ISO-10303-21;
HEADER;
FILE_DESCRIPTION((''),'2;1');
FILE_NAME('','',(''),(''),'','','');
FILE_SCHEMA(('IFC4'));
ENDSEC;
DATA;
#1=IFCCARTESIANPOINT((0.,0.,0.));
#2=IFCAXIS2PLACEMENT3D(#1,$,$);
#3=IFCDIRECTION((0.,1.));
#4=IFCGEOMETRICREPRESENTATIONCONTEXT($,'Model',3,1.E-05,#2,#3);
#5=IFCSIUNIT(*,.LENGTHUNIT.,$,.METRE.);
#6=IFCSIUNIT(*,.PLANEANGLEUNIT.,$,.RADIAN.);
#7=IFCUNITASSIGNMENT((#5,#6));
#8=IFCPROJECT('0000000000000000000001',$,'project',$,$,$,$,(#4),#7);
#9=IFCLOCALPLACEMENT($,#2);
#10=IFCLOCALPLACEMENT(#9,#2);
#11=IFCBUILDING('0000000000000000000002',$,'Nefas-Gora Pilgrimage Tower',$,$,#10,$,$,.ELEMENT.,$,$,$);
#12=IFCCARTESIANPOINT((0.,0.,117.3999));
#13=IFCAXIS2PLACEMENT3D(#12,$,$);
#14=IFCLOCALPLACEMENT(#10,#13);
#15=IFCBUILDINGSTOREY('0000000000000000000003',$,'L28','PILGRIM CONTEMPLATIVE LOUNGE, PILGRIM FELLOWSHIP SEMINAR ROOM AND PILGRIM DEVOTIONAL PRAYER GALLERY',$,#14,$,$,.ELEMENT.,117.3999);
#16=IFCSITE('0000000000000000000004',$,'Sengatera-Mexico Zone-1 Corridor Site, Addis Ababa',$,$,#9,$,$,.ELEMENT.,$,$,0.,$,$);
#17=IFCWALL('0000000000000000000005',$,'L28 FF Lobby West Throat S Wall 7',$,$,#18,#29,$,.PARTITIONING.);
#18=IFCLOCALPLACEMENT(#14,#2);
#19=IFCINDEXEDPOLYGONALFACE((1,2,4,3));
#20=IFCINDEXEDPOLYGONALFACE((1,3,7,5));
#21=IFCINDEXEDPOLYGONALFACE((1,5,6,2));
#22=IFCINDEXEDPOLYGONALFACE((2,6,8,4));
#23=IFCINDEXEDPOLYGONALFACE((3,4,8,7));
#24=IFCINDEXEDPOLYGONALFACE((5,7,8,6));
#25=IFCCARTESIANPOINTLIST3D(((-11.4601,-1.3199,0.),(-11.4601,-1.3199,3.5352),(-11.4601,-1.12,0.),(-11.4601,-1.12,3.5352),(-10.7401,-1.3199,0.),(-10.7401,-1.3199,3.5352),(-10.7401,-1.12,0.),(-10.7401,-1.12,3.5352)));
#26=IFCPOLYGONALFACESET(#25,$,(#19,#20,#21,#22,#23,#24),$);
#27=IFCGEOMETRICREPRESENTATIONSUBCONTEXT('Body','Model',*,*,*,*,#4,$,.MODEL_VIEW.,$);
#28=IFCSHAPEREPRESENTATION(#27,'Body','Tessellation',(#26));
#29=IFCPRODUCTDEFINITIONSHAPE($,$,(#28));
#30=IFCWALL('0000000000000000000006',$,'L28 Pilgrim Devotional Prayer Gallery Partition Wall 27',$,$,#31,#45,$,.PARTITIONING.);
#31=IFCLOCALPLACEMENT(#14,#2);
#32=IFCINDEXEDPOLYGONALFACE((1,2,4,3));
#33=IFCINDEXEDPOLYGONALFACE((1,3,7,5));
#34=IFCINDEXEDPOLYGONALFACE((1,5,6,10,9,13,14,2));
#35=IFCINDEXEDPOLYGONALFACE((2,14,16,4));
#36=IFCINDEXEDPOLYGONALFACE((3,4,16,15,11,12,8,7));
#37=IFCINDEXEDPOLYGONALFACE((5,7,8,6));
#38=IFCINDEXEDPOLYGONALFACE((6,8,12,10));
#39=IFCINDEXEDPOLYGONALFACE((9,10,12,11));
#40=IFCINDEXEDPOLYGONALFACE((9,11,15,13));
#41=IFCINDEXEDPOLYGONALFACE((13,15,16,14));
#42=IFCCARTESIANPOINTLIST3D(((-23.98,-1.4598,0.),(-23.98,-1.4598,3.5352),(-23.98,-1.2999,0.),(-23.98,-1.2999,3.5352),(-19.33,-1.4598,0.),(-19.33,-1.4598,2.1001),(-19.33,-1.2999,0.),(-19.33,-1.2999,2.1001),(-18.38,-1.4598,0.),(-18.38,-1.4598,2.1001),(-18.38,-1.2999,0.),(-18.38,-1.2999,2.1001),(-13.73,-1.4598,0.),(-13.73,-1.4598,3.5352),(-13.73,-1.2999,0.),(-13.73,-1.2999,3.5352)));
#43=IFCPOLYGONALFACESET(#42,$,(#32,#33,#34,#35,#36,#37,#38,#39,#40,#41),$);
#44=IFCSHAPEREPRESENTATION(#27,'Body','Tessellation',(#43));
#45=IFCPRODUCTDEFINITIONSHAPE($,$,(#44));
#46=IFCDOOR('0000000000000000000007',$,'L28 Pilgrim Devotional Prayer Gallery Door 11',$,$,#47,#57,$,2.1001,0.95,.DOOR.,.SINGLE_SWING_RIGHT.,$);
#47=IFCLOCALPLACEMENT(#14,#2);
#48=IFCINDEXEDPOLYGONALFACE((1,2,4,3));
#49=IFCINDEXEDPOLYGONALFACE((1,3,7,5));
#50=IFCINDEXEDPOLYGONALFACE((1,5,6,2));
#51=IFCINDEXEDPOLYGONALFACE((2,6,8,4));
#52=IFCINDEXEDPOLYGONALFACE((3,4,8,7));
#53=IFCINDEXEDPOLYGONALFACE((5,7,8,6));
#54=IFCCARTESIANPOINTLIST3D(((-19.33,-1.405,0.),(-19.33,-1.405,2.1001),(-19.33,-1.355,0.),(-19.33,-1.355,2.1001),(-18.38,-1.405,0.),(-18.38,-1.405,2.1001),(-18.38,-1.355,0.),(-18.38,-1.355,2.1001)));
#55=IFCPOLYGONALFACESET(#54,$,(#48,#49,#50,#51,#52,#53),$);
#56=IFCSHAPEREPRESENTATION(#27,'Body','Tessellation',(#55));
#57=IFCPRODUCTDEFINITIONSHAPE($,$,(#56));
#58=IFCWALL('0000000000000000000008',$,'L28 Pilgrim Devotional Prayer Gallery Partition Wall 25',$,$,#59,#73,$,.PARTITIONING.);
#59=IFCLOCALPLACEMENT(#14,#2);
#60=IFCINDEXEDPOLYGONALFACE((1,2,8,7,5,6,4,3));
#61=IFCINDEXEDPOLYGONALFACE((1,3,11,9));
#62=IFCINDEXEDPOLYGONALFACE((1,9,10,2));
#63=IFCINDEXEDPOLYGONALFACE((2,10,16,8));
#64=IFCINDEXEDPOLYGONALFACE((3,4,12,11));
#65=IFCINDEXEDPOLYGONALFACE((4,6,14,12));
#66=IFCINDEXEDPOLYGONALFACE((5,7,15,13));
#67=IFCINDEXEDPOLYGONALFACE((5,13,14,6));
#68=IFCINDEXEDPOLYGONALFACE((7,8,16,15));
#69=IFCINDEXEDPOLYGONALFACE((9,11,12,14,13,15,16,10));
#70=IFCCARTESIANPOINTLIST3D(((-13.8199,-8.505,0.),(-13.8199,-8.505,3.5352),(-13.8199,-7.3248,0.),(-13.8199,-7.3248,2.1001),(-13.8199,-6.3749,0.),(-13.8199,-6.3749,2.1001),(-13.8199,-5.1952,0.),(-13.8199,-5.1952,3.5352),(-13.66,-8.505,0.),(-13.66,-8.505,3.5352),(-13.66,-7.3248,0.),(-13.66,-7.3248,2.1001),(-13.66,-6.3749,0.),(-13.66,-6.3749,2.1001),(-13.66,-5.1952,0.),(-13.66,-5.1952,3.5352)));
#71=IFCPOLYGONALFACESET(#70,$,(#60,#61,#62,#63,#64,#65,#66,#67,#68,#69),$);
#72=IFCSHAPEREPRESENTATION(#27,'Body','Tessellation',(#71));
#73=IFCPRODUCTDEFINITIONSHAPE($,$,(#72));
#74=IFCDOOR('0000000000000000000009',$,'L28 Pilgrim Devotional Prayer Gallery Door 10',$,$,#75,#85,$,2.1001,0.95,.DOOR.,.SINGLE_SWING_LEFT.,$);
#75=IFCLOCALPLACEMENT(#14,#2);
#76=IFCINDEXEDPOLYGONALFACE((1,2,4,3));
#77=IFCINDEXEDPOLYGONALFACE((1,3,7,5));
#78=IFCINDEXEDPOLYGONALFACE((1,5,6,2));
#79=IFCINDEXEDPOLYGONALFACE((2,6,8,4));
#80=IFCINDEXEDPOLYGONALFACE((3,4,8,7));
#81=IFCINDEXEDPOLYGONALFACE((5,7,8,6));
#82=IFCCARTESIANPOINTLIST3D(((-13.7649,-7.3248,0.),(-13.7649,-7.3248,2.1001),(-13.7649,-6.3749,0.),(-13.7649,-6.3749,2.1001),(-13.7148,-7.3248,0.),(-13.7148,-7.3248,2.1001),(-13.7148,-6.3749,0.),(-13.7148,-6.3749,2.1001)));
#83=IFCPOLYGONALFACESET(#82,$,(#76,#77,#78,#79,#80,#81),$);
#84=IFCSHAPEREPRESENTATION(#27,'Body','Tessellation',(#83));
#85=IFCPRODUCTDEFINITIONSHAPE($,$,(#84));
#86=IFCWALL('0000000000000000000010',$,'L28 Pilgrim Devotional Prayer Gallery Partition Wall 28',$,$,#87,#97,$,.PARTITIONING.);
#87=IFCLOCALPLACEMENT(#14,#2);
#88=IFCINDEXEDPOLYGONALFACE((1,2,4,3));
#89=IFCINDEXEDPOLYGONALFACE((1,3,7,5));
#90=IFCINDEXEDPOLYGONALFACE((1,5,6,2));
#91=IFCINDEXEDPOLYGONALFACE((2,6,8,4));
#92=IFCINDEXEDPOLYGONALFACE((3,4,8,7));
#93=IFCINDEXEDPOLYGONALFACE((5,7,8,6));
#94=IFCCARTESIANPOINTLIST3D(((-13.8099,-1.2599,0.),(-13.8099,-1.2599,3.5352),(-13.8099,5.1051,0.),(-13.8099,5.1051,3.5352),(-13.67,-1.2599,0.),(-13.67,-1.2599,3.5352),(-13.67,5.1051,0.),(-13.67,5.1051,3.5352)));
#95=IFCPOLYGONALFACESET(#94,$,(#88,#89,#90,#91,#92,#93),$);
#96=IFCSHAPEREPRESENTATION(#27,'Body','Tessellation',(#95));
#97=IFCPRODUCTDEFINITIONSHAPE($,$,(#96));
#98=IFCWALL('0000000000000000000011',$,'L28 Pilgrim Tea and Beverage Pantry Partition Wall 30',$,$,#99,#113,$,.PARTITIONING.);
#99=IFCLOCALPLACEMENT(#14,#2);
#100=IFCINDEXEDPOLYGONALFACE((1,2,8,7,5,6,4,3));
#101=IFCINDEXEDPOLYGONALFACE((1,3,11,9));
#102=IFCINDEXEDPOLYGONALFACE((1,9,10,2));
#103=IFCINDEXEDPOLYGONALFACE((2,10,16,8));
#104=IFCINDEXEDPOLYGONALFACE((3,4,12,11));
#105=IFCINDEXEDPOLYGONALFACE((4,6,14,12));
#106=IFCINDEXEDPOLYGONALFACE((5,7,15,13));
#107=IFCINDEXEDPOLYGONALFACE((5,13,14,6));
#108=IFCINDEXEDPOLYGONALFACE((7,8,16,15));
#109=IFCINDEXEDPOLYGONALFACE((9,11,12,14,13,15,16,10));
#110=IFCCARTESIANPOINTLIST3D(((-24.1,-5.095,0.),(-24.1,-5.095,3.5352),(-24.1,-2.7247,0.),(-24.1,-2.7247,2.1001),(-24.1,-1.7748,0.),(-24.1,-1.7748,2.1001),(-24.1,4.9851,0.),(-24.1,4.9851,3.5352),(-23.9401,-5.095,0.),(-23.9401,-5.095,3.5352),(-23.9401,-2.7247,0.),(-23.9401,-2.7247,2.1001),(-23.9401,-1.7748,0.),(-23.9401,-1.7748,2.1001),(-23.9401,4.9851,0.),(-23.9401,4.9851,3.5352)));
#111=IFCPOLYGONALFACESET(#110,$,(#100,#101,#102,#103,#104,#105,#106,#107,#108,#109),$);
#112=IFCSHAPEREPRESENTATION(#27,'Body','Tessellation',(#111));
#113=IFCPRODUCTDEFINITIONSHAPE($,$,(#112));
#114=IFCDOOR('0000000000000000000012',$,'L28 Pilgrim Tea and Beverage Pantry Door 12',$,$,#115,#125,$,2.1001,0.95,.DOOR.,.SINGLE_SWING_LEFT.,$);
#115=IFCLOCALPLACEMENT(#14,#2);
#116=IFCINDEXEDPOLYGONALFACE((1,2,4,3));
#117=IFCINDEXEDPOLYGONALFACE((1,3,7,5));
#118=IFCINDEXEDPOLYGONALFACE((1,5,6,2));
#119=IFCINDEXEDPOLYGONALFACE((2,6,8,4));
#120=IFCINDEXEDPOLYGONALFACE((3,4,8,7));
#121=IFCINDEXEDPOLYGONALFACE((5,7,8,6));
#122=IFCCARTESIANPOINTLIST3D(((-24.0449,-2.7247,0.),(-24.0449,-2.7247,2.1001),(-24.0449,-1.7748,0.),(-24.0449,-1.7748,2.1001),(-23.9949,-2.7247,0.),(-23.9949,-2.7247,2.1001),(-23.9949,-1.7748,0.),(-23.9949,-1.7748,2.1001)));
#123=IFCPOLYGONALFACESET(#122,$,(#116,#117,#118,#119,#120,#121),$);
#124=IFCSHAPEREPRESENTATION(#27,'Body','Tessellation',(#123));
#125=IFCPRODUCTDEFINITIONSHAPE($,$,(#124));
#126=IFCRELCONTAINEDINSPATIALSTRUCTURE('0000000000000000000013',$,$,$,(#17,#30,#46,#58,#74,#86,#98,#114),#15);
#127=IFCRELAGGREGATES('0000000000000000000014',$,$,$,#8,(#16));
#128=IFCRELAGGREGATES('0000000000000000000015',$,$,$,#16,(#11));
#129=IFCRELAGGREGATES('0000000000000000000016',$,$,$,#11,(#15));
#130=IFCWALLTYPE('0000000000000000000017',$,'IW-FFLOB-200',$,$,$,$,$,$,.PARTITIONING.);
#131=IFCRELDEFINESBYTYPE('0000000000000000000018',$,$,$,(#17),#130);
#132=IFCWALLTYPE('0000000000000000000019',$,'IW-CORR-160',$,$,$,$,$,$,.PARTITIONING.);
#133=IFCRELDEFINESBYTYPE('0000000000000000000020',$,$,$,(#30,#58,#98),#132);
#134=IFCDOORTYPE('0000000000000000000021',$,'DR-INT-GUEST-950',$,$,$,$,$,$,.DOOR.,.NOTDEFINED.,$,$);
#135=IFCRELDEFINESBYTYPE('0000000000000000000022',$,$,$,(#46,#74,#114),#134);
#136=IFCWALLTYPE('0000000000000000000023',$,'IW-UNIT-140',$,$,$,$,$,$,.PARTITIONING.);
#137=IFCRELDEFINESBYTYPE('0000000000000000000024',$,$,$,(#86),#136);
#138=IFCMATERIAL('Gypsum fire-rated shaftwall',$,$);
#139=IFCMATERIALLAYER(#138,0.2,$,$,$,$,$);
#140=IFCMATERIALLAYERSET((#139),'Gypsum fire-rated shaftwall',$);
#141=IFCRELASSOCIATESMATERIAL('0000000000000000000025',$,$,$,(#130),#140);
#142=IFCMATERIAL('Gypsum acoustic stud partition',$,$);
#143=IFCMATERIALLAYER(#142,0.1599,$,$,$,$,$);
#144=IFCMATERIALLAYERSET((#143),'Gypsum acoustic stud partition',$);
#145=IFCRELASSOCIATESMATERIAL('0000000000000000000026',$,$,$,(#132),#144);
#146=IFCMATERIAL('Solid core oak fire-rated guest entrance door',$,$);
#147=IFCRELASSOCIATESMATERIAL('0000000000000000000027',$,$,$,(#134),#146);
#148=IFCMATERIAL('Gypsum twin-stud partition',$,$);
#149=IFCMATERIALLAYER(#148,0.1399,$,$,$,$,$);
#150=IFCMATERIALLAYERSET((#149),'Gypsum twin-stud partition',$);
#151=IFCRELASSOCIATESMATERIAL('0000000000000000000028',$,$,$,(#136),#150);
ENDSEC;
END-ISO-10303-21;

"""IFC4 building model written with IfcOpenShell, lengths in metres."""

from ifc_helpers import new_model, si_unit, direction, frame, frame_2d, origin, place, context, subcontext, project, spatial, rectangle, extrude, source, transform, mapped, material, layer, layer_set, type_object, element, fill, save


model = new_model("IFC4")

# Units and contexts
model_context = context("Model", 3, precision=1e-05, world=origin(), true_north=direction((0.0, 1.0)))
body_context = subcontext(model_context, "Body", "Model", "MODEL_VIEW")
ifc_project = project(units=[si_unit("LENGTHUNIT", "METRE"), si_unit("PLANEANGLEUNIT", "RADIAN")], contexts=[model_context])

# Site, building, storey
site_placement = place(None, origin())
site = spatial("IfcSite", under=ifc_project, at=site_placement, Name="Sengatera-Mexico Zone-1 Corridor Site, Addis Ababa", CompositionType="ELEMENT", RefElevation=0.0)
building_placement = place(site_placement, origin())
building = spatial("IfcBuilding", under=site, at=building_placement, Name="Nefas-Gora Pilgrimage Tower", CompositionType="ELEMENT")
storey_placement = place(building_placement, frame((0.0, 0.0, 117.3999)))
storey = spatial("IfcBuildingStorey", under=building, at=storey_placement, Name="L28", Description="PILGRIM CONTEMPLATIVE LOUNGE, PILGRIM FELLOWSHIP SEMINAR ROOM AND PILGRIM DEVOTIONAL PRAYER GALLERY", CompositionType="ELEMENT", Elevation=117.3999)

# Shared definitions
ifc_material_1 = material(Name="Gypsum fire-rated shaftwall")
ifc_layer_1 = layer(ifc_material_1, 0.2)
ifc_layer_set_1 = layer_set([ifc_layer_1], Name="Gypsum fire-rated shaftwall")
wall_type_1 = type_object("IfcWallType", Name="IW-FFLOB-200", PredefinedType="PARTITIONING", material=ifc_layer_set_1)

# Wall
shared_shape_1 = source(origin(), body_context, "Body", "SweptSolid", [
    extrude(rectangle(XDim=0.72, YDim=0.2, at=frame_2d((0.3599, 0.0))), origin(), (0.0, 0.0, 1.0), 3.5352),
])
wall_1_placement = place(storey_placement, frame((-11.46, -1.22, 0.0), z_axis=(0.0, 0.0, 1.0), x_axis=(1.0, 0.0, 0.0)))
element("IfcWall", 1, at=wall_1_placement, inside=storey, type_object=wall_type_1, Name="L28 FF Lobby West Throat S Wall 7", PredefinedType="PARTITIONING", context=body_context, shape_type="MappedRepresentation", body=[
    mapped(shared_shape_1, transform((0.0, 0.0, 0.0), x_axis=(1.0, 0.0, 0.0), y_axis=(0.0, 1.0, 0.0), z_axis=(0.0, 0.0, 1.0), scale=1.0)),
])

# Walls, openings, doors
ifc_material_2 = material(Name="Gypsum acoustic stud partition")
ifc_layer_2 = layer(ifc_material_2, 0.1599)
ifc_layer_set_2 = layer_set([ifc_layer_2], Name="Gypsum acoustic stud partition")
wall_type_2 = type_object("IfcWallType", Name="IW-CORR-160", PredefinedType="PARTITIONING", material=ifc_layer_set_2)
shared_shape_2 = source(origin(), body_context, "Body", "SweptSolid", [
    extrude(rectangle(XDim=10.25, YDim=0.1599, at=frame_2d((5.125, 0.0))), origin(), (0.0, 0.0, 1.0), 3.5352),
])
wall_2_placement = place(storey_placement, frame((-23.98, -1.3799, 0.0), z_axis=(0.0, 0.0, 1.0), x_axis=(1.0, 0.0, 0.0)))
wall_2 = element("IfcWall", 2, at=wall_2_placement, inside=storey, type_object=wall_type_2, Name="L28 Pilgrim Devotional Prayer Gallery Partition Wall 27", PredefinedType="PARTITIONING", context=body_context, shape_type="MappedRepresentation", body=[
    mapped(shared_shape_2, transform((0.0, 0.0, 0.0), x_axis=(1.0, 0.0, 0.0), y_axis=(0.0, 1.0, 0.0), z_axis=(0.0, 0.0, 1.0), scale=1.0)),
])
opening_1_placement = place(wall_2_placement, frame((4.6499, 0.0, 0.0)))
opening_1 = element("IfcOpeningElement", 3, at=opening_1_placement, cuts=wall_2, PredefinedType="OPENING", context=body_context, shape_type="SweptSolid", body=[
    extrude(rectangle(XDim=0.95, YDim=2.1001, at=frame_2d((0.4751, 1.05))), frame((0.0, 0.0898, 0.0), z_axis=(0.0, -1.0, 0.0), x_axis=(1.0, 0.0, 0.0)), (0.0, 0.0, 1.0), 0.1799),
])
ifc_material_3 = material(Name="Solid core oak fire-rated guest entrance door")
door_type_1 = type_object("IfcDoorType", Name="DR-INT-GUEST-950", OperationType="NOTDEFINED", PredefinedType="DOOR", material=ifc_material_3)
shared_shape_3 = source(origin(), body_context, "Body", "SweptSolid", [
    extrude(rectangle(XDim=0.95, YDim=2.1001, at=frame_2d((0.4751, 1.05))), frame((0.0, 0.0249, 0.0), z_axis=(0.0, -1.0, 0.0), x_axis=(1.0, 0.0, 0.0)), (0.0, 0.0, 1.0), 0.05),
])
door_1_placement = place(opening_1_placement, origin())
door_1 = element("IfcDoor", 4, at=door_1_placement, inside=storey, type_object=door_type_1, Name="L28 Pilgrim Devotional Prayer Gallery Door 11", OperationType="SINGLE_SWING_RIGHT", OverallHeight=2.1001, OverallWidth=0.95, PredefinedType="DOOR", context=body_context, shape_type="MappedRepresentation", body=[
    mapped(shared_shape_3, transform((0.0, 0.0, 0.0), x_axis=(1.0, 0.0, 0.0), y_axis=(0.0, 1.0, 0.0), z_axis=(0.0, 0.0, 1.0), scale=1.0)),
])
fill(opening_1, door_1)
shared_shape_4 = source(origin(), body_context, "Body", "SweptSolid", [
    extrude(rectangle(XDim=3.3098, YDim=0.1599, at=frame_2d((1.6548, 0.0))), origin(), (0.0, 0.0, 1.0), 3.5352),
])
wall_3_placement = place(storey_placement, frame((-13.74, -8.5049, 0.0), z_axis=(0.0, 0.0, 1.0), x_axis=(0.0, 1.0, 0.0)))
wall_3 = element("IfcWall", 5, at=wall_3_placement, inside=storey, type_object=wall_type_2, Name="L28 Pilgrim Devotional Prayer Gallery Partition Wall 25", PredefinedType="PARTITIONING", context=body_context, shape_type="MappedRepresentation", body=[
    mapped(shared_shape_4, transform((0.0, 0.0, 0.0), x_axis=(1.0, 0.0, 0.0), y_axis=(0.0, 1.0, 0.0), z_axis=(0.0, 0.0, 1.0), scale=1.0)),
])
opening_2_placement = place(wall_3_placement, frame((1.1799, 0.0, 0.0)))
opening_2 = element("IfcOpeningElement", 6, at=opening_2_placement, cuts=wall_3, PredefinedType="OPENING", context=body_context, shape_type="SweptSolid", body=[
    extrude(rectangle(XDim=0.95, YDim=2.1001, at=frame_2d((0.4751, 1.05))), frame((0.0, 0.0898, 0.0), z_axis=(0.0, -1.0, 0.0), x_axis=(1.0, 0.0, 0.0)), (0.0, 0.0, 1.0), 0.1799),
])
door_2_placement = place(opening_2_placement, origin())
door_2 = element("IfcDoor", 7, at=door_2_placement, inside=storey, type_object=door_type_1, Name="L28 Pilgrim Devotional Prayer Gallery Door 10", OperationType="SINGLE_SWING_LEFT", OverallHeight=2.1001, OverallWidth=0.95, PredefinedType="DOOR", context=body_context, shape_type="MappedRepresentation", body=[
    mapped(shared_shape_3, transform((0.0, 0.0, 0.0), x_axis=(1.0, 0.0, 0.0), y_axis=(0.0, 1.0, 0.0), z_axis=(0.0, 0.0, 1.0), scale=1.0)),
])
fill(opening_2, door_2)

# Wall
ifc_material_4 = material(Name="Gypsum twin-stud partition")
ifc_layer_3 = layer(ifc_material_4, 0.1399)
ifc_layer_set_3 = layer_set([ifc_layer_3], Name="Gypsum twin-stud partition")
wall_type_3 = type_object("IfcWallType", Name="IW-UNIT-140", PredefinedType="PARTITIONING", material=ifc_layer_set_3)
shared_shape_5 = source(origin(), body_context, "Body", "SweptSolid", [
    extrude(rectangle(XDim=6.365, YDim=0.1399, at=frame_2d((3.1826, 0.0))), origin(), (0.0, 0.0, 1.0), 3.5352),
])
wall_4_placement = place(storey_placement, frame((-13.74, -1.26, 0.0), z_axis=(0.0, 0.0, 1.0), x_axis=(0.0, 1.0, 0.0)))
element("IfcWall", 8, at=wall_4_placement, inside=storey, type_object=wall_type_3, Name="L28 Pilgrim Devotional Prayer Gallery Partition Wall 28", PredefinedType="PARTITIONING", context=body_context, shape_type="MappedRepresentation", body=[
    mapped(shared_shape_5, transform((0.0, 0.0, 0.0), x_axis=(1.0, 0.0, 0.0), y_axis=(0.0, 1.0, 0.0), z_axis=(0.0, 0.0, 1.0), scale=1.0)),
])

# Wall, opening, door
shared_shape_6 = source(origin(), body_context, "Body", "SweptSolid", [
    extrude(rectangle(XDim=10.0801, YDim=0.1599, at=frame_2d((5.04, 0.0))), origin(), (0.0, 0.0, 1.0), 3.5352),
])
wall_5_placement = place(storey_placement, frame((-24.02, -5.095, 0.0), z_axis=(0.0, 0.0, 1.0), x_axis=(0.0, 1.0, 0.0)))
wall_5 = element("IfcWall", 9, at=wall_5_placement, inside=storey, type_object=wall_type_2, Name="L28 Pilgrim Tea and Beverage Pantry Partition Wall 30", PredefinedType="PARTITIONING", context=body_context, shape_type="MappedRepresentation", body=[
    mapped(shared_shape_6, transform((0.0, 0.0, 0.0), x_axis=(1.0, 0.0, 0.0), y_axis=(0.0, 1.0, 0.0), z_axis=(0.0, 0.0, 1.0), scale=1.0)),
])
opening_3_placement = place(wall_5_placement, frame((2.3701, 0.0, 0.0)))
opening_3 = element("IfcOpeningElement", 10, at=opening_3_placement, cuts=wall_5, PredefinedType="OPENING", context=body_context, shape_type="SweptSolid", body=[
    extrude(rectangle(XDim=0.95, YDim=2.1001, at=frame_2d((0.4751, 1.05))), frame((0.0, 0.0898, 0.0), z_axis=(0.0, -1.0, 0.0), x_axis=(1.0, 0.0, 0.0)), (0.0, 0.0, 1.0), 0.1799),
])
door_3_placement = place(opening_3_placement, origin())
door_3 = element("IfcDoor", 11, at=door_3_placement, inside=storey, type_object=door_type_1, Name="L28 Pilgrim Tea and Beverage Pantry Door 12", OperationType="SINGLE_SWING_LEFT", OverallHeight=2.1001, OverallWidth=0.95, PredefinedType="DOOR", context=body_context, shape_type="MappedRepresentation", body=[
    mapped(shared_shape_3, transform((0.0, 0.0, 0.0), x_axis=(1.0, 0.0, 0.0), y_axis=(0.0, 1.0, 0.0), z_axis=(0.0, 0.0, 1.0), scale=1.0)),
])
fill(opening_3, door_3)

save(model, "model.ifc")
